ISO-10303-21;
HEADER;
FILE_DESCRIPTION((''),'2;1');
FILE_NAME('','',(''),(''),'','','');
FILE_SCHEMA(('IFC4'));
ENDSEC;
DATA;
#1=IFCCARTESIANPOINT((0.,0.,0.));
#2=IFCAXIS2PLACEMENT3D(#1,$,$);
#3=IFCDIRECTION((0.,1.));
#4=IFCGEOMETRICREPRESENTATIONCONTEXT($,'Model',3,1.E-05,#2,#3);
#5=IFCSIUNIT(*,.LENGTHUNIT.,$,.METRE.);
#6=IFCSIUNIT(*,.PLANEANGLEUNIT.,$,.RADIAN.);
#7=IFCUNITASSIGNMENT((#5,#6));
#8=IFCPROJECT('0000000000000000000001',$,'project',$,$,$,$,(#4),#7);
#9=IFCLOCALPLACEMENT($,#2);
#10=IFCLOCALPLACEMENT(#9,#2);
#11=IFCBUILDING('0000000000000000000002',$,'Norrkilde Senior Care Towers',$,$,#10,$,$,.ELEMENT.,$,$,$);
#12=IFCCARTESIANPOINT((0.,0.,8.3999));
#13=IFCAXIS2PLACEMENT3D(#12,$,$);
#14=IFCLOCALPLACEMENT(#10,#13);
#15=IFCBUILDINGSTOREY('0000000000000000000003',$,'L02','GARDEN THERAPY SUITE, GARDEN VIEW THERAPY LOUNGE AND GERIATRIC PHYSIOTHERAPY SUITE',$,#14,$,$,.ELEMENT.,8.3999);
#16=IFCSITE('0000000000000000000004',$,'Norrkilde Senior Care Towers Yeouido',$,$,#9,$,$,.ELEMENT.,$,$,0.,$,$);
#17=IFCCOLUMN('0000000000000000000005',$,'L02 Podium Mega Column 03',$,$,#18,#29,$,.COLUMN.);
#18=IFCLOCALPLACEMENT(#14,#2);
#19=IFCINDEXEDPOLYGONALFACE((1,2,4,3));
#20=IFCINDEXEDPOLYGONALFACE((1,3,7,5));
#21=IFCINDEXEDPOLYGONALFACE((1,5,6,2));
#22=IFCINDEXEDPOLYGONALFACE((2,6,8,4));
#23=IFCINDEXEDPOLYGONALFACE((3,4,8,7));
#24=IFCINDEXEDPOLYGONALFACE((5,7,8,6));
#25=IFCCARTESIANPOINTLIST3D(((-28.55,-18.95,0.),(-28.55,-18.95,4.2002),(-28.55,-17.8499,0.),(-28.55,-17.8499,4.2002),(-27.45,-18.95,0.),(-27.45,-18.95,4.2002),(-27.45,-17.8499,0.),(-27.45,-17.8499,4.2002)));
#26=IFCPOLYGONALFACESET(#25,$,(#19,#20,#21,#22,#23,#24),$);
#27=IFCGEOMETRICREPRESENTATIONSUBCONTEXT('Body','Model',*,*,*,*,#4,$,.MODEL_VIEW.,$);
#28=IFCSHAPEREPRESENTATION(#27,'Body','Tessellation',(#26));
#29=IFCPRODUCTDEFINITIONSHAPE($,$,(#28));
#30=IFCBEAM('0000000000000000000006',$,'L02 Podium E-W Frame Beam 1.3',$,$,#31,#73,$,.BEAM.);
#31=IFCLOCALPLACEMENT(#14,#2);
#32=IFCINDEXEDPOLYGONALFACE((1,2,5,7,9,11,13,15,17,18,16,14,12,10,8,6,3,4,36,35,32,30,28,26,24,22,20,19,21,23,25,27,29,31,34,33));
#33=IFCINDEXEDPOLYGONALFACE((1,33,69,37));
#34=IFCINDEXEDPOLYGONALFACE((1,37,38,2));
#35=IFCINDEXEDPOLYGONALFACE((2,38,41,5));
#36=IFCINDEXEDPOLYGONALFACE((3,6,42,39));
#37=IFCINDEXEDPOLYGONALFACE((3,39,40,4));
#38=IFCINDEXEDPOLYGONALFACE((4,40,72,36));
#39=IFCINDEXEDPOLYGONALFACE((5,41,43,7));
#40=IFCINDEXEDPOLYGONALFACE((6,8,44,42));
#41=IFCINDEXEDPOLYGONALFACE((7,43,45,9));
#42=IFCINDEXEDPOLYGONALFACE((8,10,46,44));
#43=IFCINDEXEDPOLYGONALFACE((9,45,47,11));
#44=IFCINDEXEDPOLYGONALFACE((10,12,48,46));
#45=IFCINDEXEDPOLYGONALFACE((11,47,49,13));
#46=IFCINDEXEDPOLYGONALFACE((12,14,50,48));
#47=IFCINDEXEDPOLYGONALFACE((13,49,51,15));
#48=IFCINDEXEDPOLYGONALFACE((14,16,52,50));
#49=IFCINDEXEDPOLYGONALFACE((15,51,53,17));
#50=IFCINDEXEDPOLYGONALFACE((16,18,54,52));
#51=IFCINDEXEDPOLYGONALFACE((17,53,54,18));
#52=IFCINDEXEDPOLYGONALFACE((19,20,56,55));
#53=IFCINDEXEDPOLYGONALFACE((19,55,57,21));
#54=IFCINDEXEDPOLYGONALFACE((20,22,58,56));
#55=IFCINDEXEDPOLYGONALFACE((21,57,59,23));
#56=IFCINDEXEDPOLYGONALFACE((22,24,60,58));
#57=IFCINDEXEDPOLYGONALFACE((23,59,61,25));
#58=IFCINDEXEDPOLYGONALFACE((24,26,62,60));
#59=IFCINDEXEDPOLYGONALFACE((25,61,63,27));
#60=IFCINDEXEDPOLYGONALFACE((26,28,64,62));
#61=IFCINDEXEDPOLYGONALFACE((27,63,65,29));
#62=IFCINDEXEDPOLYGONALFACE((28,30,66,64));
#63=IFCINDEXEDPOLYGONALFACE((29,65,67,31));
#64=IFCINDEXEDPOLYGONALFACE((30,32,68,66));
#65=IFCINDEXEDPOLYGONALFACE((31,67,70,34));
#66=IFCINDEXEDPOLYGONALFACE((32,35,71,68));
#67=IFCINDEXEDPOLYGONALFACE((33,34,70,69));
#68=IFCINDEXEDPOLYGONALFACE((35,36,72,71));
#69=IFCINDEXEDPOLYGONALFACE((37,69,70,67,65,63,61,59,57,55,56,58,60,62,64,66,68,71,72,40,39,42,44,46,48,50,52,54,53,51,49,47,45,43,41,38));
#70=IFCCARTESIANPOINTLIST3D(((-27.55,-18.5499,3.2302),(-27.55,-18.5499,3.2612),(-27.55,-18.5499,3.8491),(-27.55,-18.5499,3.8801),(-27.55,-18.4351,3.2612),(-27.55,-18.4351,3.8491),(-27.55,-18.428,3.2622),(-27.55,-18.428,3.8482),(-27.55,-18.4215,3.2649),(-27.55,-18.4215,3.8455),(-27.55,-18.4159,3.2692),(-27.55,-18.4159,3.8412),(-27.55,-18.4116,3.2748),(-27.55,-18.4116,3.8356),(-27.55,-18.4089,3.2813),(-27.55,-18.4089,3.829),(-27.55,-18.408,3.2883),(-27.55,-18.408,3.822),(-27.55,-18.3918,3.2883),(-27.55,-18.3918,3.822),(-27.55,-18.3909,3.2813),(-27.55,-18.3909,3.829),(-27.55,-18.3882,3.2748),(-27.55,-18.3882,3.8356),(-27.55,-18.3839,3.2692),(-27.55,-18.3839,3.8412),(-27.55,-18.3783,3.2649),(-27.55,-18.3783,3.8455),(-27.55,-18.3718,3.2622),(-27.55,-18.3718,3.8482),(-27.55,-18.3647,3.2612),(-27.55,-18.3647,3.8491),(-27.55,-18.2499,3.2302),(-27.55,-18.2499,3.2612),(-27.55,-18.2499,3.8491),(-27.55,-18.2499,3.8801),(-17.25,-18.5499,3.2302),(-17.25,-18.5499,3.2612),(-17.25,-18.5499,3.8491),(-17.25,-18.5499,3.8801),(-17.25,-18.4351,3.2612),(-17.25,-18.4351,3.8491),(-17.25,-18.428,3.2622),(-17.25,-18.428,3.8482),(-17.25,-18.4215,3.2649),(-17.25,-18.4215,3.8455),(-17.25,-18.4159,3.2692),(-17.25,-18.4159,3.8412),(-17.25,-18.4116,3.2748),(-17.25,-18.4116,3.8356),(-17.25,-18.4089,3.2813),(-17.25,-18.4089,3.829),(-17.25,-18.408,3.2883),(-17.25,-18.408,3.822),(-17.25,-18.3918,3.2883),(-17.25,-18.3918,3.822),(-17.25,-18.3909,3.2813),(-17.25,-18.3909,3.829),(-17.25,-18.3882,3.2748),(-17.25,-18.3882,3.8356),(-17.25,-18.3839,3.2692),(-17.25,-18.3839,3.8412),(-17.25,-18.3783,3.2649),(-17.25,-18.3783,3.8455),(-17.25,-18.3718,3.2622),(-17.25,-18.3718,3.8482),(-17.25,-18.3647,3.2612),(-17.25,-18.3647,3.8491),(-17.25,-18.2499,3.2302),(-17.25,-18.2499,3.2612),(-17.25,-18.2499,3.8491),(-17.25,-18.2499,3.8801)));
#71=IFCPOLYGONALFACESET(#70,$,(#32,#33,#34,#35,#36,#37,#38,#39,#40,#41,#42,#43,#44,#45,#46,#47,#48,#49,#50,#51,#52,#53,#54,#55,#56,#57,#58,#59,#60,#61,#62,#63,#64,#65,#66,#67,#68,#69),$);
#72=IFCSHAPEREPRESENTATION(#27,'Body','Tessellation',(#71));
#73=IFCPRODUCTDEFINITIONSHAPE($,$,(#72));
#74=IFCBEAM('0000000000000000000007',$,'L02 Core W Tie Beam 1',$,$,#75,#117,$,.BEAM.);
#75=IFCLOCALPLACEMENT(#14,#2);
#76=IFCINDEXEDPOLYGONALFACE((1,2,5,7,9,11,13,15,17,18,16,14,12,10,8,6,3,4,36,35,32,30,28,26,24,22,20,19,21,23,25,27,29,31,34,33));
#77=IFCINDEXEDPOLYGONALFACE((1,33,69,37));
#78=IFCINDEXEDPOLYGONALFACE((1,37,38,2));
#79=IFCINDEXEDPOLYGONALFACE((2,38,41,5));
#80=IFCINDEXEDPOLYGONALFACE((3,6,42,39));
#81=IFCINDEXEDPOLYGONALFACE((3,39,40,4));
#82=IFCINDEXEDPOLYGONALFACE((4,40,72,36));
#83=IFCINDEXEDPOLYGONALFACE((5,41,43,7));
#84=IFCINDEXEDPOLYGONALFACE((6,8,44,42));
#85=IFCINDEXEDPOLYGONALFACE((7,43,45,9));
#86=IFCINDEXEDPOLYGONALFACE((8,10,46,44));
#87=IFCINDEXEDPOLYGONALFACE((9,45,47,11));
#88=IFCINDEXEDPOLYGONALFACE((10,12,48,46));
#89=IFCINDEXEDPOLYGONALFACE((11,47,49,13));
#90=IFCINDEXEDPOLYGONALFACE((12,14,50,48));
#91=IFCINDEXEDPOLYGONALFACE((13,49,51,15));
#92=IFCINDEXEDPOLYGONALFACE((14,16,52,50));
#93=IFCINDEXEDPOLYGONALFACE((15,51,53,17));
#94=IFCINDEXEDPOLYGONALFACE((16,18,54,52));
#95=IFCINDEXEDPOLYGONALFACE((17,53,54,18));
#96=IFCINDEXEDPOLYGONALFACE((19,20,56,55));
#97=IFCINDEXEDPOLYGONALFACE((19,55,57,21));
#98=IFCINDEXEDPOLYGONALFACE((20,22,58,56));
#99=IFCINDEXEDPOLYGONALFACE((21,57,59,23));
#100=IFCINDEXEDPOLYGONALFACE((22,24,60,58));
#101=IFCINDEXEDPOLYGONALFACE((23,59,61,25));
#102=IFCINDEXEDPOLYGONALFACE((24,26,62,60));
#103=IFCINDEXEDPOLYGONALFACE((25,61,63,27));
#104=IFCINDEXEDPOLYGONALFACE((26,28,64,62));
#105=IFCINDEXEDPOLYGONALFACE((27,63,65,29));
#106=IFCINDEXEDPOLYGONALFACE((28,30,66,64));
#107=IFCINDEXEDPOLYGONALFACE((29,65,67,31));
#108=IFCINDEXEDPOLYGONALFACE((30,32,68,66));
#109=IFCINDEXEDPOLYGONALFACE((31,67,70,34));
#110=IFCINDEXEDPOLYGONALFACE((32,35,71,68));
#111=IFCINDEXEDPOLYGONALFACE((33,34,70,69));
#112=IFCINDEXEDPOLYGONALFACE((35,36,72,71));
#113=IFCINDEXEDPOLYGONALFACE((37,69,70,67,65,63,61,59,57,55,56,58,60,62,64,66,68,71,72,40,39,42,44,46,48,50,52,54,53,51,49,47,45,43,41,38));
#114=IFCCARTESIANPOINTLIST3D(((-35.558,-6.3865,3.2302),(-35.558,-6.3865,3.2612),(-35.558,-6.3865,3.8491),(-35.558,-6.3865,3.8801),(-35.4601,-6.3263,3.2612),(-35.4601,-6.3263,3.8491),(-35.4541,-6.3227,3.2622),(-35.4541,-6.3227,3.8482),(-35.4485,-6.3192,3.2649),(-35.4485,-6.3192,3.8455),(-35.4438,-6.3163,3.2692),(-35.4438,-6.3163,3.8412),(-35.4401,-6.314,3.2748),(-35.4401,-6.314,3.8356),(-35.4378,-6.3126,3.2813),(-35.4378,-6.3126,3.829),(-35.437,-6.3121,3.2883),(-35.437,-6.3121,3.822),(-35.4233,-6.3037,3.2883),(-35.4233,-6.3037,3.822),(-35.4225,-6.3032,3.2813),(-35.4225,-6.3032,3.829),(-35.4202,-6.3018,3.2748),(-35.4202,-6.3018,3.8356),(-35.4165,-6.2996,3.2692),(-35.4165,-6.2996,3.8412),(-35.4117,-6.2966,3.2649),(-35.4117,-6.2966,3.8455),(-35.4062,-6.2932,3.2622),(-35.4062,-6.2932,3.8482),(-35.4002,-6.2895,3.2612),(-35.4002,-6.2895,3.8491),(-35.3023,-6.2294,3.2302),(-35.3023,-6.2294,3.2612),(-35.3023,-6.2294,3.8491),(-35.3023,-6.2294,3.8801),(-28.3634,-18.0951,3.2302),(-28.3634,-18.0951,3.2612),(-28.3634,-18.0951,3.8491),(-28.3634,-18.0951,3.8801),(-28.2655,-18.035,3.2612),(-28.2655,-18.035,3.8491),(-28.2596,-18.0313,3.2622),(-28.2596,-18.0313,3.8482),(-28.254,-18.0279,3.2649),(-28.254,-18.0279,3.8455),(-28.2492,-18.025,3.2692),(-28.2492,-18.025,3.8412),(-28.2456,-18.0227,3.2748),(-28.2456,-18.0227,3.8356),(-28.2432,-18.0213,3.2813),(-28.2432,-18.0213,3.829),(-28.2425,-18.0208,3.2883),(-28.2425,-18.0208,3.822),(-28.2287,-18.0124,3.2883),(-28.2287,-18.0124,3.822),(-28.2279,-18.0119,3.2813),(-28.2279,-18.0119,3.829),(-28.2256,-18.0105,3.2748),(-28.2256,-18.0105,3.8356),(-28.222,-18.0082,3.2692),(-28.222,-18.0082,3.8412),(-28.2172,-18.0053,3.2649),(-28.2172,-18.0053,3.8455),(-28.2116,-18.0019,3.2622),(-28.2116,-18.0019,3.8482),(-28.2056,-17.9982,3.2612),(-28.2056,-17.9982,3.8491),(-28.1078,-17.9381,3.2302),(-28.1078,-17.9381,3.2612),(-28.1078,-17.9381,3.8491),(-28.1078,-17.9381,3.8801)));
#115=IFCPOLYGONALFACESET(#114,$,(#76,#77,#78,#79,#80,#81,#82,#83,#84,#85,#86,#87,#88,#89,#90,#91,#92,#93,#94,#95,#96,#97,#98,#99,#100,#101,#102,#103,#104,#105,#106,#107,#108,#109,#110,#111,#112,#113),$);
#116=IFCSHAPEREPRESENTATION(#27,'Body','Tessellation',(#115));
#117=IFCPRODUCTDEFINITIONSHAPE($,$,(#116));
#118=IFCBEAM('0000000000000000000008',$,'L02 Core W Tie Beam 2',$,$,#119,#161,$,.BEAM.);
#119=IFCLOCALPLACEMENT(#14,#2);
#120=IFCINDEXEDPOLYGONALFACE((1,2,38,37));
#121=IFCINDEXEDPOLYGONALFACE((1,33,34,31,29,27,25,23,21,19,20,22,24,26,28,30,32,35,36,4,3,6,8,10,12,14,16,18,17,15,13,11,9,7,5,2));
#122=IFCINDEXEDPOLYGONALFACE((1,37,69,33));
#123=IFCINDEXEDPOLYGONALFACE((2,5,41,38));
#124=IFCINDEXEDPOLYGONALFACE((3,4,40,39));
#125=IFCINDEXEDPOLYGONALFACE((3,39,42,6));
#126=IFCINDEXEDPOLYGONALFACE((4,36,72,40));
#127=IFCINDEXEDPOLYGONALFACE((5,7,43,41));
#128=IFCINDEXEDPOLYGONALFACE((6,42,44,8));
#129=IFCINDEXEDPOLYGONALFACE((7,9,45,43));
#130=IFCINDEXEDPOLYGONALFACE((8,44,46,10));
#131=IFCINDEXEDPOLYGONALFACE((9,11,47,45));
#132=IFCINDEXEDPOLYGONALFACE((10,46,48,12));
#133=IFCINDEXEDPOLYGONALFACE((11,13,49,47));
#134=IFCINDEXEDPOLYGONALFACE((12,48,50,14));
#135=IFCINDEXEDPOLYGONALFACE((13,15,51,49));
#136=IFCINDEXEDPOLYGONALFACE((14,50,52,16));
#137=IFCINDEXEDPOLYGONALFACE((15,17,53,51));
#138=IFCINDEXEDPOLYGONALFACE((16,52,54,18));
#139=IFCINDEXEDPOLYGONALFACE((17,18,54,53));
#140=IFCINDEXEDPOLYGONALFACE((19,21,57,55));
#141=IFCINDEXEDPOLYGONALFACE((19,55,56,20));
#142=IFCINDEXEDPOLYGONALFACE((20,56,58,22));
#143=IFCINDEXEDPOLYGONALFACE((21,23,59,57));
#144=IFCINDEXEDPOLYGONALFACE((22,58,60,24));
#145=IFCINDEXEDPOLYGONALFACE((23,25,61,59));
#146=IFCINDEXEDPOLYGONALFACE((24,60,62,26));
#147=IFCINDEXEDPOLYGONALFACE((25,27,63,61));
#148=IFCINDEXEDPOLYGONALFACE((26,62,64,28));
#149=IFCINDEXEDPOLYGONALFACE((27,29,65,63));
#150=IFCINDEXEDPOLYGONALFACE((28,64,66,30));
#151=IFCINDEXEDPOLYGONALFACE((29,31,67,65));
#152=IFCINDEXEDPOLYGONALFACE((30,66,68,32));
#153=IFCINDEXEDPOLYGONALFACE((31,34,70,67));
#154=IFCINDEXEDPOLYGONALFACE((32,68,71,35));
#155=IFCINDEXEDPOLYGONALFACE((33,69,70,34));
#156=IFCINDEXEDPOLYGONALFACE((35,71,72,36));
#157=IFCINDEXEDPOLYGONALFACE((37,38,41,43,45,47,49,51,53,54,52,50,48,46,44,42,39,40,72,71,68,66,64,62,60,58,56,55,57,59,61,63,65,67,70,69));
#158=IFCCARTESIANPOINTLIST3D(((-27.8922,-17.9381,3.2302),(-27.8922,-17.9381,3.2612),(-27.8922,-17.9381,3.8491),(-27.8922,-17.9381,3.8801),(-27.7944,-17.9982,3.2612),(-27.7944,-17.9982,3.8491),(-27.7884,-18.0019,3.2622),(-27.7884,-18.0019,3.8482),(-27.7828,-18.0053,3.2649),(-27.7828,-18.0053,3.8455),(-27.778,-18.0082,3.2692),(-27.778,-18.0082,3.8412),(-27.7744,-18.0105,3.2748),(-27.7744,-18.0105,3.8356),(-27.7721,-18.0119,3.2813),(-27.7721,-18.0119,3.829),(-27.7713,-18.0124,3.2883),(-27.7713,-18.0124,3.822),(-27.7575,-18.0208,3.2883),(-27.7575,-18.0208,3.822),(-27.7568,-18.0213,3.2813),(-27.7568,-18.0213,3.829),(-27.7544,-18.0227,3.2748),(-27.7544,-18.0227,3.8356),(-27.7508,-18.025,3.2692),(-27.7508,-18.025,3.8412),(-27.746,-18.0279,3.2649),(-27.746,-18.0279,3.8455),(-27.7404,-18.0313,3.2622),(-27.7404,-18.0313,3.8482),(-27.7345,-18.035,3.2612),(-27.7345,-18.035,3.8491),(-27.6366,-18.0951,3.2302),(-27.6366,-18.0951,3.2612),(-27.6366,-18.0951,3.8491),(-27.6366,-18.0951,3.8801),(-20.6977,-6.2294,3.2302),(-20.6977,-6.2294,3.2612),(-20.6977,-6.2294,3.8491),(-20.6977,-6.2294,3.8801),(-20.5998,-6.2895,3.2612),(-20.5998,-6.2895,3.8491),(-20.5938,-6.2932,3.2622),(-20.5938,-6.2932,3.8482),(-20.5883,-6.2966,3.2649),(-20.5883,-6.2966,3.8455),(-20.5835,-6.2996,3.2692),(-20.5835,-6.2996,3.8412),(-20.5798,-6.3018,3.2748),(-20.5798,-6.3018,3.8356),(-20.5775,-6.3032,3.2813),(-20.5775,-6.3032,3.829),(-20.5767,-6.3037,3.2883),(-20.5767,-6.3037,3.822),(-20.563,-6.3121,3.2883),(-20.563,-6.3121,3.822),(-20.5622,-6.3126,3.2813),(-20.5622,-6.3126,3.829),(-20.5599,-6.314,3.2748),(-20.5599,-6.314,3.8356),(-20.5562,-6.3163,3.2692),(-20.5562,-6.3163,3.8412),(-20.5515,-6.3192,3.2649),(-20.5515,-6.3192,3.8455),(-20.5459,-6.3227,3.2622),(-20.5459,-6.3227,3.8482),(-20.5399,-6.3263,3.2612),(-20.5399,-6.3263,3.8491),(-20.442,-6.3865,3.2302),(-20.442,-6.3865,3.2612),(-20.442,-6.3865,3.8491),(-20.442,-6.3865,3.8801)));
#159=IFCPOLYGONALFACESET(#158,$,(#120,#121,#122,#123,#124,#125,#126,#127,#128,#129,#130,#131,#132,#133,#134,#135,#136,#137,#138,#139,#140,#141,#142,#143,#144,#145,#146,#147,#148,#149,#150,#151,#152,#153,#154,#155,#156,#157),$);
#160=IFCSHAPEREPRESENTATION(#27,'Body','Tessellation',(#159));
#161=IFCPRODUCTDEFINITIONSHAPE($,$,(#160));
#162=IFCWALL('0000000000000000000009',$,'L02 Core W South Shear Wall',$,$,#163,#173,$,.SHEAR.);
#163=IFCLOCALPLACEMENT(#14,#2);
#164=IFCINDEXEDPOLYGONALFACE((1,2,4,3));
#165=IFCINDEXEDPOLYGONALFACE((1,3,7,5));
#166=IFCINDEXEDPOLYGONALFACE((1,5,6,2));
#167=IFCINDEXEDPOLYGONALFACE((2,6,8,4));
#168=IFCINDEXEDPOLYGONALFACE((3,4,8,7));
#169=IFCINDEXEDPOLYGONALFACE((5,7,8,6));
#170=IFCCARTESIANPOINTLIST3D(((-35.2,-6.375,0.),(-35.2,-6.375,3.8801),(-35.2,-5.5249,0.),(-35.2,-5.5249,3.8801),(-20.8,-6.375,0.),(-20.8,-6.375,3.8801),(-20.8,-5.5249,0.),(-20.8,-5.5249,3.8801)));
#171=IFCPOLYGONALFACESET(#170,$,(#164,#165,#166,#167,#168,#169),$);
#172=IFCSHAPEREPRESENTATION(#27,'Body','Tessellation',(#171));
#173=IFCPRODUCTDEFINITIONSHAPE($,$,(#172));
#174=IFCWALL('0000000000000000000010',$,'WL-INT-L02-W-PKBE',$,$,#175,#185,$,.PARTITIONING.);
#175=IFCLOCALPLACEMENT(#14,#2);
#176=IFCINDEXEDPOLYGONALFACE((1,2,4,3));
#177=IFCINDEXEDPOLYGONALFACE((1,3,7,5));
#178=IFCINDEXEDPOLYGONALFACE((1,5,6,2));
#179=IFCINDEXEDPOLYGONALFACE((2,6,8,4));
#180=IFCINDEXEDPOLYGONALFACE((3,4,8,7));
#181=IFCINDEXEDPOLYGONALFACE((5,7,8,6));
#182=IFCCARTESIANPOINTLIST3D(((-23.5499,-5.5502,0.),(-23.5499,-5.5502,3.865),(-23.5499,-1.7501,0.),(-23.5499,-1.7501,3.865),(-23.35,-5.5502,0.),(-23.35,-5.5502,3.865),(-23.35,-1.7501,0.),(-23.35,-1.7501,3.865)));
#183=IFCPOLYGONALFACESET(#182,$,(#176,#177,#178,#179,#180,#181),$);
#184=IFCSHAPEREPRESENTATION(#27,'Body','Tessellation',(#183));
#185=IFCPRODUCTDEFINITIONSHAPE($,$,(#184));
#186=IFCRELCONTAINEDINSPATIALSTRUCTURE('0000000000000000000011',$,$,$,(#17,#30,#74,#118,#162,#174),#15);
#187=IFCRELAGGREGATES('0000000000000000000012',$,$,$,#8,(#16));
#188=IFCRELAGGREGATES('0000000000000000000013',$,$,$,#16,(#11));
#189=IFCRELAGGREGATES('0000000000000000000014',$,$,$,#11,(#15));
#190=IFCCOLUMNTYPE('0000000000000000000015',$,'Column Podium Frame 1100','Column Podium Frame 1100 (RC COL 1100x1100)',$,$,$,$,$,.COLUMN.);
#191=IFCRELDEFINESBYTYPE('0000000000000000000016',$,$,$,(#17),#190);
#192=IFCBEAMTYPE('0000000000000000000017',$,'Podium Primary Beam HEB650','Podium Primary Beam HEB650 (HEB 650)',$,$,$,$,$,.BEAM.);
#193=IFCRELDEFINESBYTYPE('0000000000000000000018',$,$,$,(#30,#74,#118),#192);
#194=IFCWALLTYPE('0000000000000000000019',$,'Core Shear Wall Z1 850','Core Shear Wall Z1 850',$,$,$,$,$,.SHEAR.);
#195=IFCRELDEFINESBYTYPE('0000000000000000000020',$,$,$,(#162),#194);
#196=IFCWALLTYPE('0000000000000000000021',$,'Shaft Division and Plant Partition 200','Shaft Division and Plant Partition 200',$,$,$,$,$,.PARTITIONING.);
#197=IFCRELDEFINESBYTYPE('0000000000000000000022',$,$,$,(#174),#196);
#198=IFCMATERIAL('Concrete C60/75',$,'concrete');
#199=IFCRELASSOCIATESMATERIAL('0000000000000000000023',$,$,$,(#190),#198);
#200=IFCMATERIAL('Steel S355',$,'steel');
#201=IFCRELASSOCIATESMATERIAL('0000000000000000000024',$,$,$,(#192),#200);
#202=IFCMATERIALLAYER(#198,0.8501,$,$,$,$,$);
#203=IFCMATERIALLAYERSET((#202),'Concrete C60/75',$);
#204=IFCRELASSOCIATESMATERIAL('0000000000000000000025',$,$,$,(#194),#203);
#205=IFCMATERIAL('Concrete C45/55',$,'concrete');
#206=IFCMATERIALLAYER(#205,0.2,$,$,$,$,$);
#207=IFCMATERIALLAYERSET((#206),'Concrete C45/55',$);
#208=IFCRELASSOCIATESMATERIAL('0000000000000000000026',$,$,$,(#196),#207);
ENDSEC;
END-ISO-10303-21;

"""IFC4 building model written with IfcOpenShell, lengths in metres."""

from ifc_helpers import new_model, si_unit, direction, frame, frame_2d, origin, origin_2d, place, context, subcontext, project, spatial, rectangle, i_section, extrude, source, transform, mapped, material, layer, layer_set, material_profile, profile_set, type_object, type_shapes, element, save


model = new_model("IFC4")

# Units and contexts
model_context = context("Model", 3, precision=1e-05, world=origin(), true_north=direction((0.0, 1.0)))
body_context = subcontext(model_context, "Body", "Model", "MODEL_VIEW")
ifc_project = project(units=[si_unit("LENGTHUNIT", "METRE"), si_unit("PLANEANGLEUNIT", "RADIAN")], contexts=[model_context])

# Site, building, storey
site_placement = place(None, origin())
site = spatial("IfcSite", under=ifc_project, at=site_placement, Name="Norrkilde Senior Care Towers Yeouido", CompositionType="ELEMENT", RefElevation=0.0)
building_placement = place(site_placement, origin())
building = spatial("IfcBuilding", under=site, at=building_placement, Name="Norrkilde Senior Care Towers", CompositionType="ELEMENT")
storey_placement = place(building_placement, frame((0.0, 0.0, 8.3999)))
storey = spatial("IfcBuildingStorey", under=building, at=storey_placement, Name="L02", Description="GARDEN THERAPY SUITE, GARDEN VIEW THERAPY LOUNGE AND GERIATRIC PHYSIOTHERAPY SUITE", CompositionType="ELEMENT", Elevation=8.3999)

# Column
ifc_material_1 = material(Name="Concrete C60/75", Category="concrete")
ifc_material_profile_1 = material_profile(ifc_material_1, rectangle(XDim=1.1001, YDim=1.1001, at=origin_2d()), Name="RC COL 1100x1100")
ifc_profile_set_1 = profile_set([ifc_material_profile_1], Name="Concrete C60/75")
column_type = type_object("IfcColumnType", Name="Column Podium Frame 1100", Description="Column Podium Frame 1100 (RC COL 1100x1100)", PredefinedType="COLUMN", material=ifc_profile_set_1)
shared_shape_1 = source(origin(), body_context, "Body", "SweptSolid", [
    extrude(rectangle(XDim=1.1001, YDim=1.1001, at=origin_2d()), origin(), (0.0, 0.0, 1.0), 4.2002),
])
type_shapes(column_type, [shared_shape_1])
column_placement = place(storey_placement, frame((-28.0, -18.3999, 0.0), z_axis=(0.0, 0.0, 1.0), x_axis=(1.0, 0.0, 0.0)))
element("IfcColumn", 1, at=column_placement, inside=storey, type_object=column_type, Name="L02 Podium Mega Column 03", PredefinedType="COLUMN", context=body_context, shape_type="MappedRepresentation", body=[
    mapped(shared_shape_1, transform((0.0, 0.0, 0.0), x_axis=(1.0, 0.0, 0.0), y_axis=(0.0, 1.0, 0.0), z_axis=(0.0, 0.0, 1.0), scale=1.0)),
])

# Beams
ifc_material_2 = material(Name="Steel S355", Category="steel")
ifc_material_profile_2 = material_profile(ifc_material_2, i_section(OverallWidth=0.3, OverallDepth=0.6499, WebThickness=0.0161, FlangeThickness=0.031, FilletRadius=0.0271, at=origin_2d()), Name="HEB 650")
ifc_profile_set_2 = profile_set([ifc_material_profile_2], Name="Steel S355")
beam_type = type_object("IfcBeamType", Name="Podium Primary Beam HEB650", Description="Podium Primary Beam HEB650 (HEB 650)", PredefinedType="BEAM", material=ifc_profile_set_2)
shared_shape_2 = source(origin(), body_context, "Body", "SweptSolid", [
    extrude(i_section(OverallWidth=0.3, OverallDepth=0.6499, WebThickness=0.0161, FlangeThickness=0.031, FilletRadius=0.0271, at=origin_2d()), origin(), (0.0, 0.0, 1.0), 10.3),
])
beam_placement = place(storey_placement, frame((-27.55, -18.3999, 3.5552), z_axis=(1.0, 0.0, 0.0), x_axis=(0.0, 1.0, 0.0)))
element("IfcBeam", 2, at=beam_placement, inside=storey, type_object=beam_type, Name="L02 Podium E-W Frame Beam 1.3", PredefinedType="BEAM", context=body_context, shape_type="MappedRepresentation", body=[
    mapped(shared_shape_2, transform((0.0, 0.0, 0.0), x_axis=(1.0, 0.0, 0.0), y_axis=(0.0, 1.0, 0.0), z_axis=(0.0, 0.0, 1.0), scale=1.0)),
])
shared_shape_3 = source(origin(), body_context, "Body", "SweptSolid", [
    extrude(i_section(OverallWidth=0.3, OverallDepth=0.6499, WebThickness=0.0161, FlangeThickness=0.031, FilletRadius=0.0271, at=origin_2d()), origin(), (0.0, 0.0, 1.0), 13.7424),
])
type_shapes(beam_type, [shared_shape_2, shared_shape_3])
for number, where, z_axis, x_axis, name in (
    (3, (-28.2356, -18.0166, 3.5552), (-0.523527, 0.852009, 0.0), (-0.852009, -0.523527, 0.0), "L02 Core W Tie Beam 1"),
    (4, (-27.7644, -18.0166, 3.5552), (0.523527, 0.852009, 0.0), (-0.852009, 0.523527, 0.0), "L02 Core W Tie Beam 2"),
):
    element("IfcBeam", number, at=place(storey_placement, frame(where, z_axis=z_axis, x_axis=x_axis)), inside=storey, type_object=beam_type, Name=name, PredefinedType="BEAM", context=body_context, shape_type="MappedRepresentation", body=[
        mapped(shared_shape_3, transform((0.0, 0.0, 0.0), x_axis=(1.0, 0.0, 0.0), y_axis=(0.0, 1.0, 0.0), z_axis=(0.0, 0.0, 1.0), scale=1.0)),
    ])

# Walls
ifc_layer_1 = layer(ifc_material_1, 0.8501)
ifc_layer_set_1 = layer_set([ifc_layer_1], Name="Concrete C60/75")
wall_type_1 = type_object("IfcWallType", Name="Core Shear Wall Z1 850", Description="Core Shear Wall Z1 850", PredefinedType="SHEAR", material=ifc_layer_set_1)
shared_shape_4 = source(origin(), body_context, "Body", "SweptSolid", [
    extrude(rectangle(XDim=14.3999, YDim=0.8501, at=frame_2d((7.2, 0.0))), origin(), (0.0, 0.0, 1.0), 3.8801),
])
type_shapes(wall_type_1, [shared_shape_4])
wall_1_placement = place(storey_placement, frame((-20.8, -5.95, 0.0), z_axis=(0.0, 0.0, 1.0), x_axis=(-1.0, 0.0, 0.0)))
element("IfcWall", 5, at=wall_1_placement, inside=storey, type_object=wall_type_1, Name="L02 Core W South Shear Wall", PredefinedType="SHEAR", context=body_context, shape_type="MappedRepresentation", body=[
    mapped(shared_shape_4, transform((0.0, 0.0, 0.0), x_axis=(1.0, 0.0, 0.0), y_axis=(0.0, 1.0, 0.0), z_axis=(0.0, 0.0, 1.0), scale=1.0)),
])
ifc_material_3 = material(Name="Concrete C45/55", Category="concrete")
ifc_layer_2 = layer(ifc_material_3, 0.2)
ifc_layer_set_2 = layer_set([ifc_layer_2], Name="Concrete C45/55")
wall_type_2 = type_object("IfcWallType", Name="Shaft Division and Plant Partition 200", Description="Shaft Division and Plant Partition 200", PredefinedType="PARTITIONING", material=ifc_layer_set_2)
shared_shape_5 = source(origin(), body_context, "Body", "SweptSolid", [
    extrude(rectangle(XDim=3.8, YDim=0.2, at=frame_2d((1.8999, 0.0))), origin(), (0.0, 0.0, 1.0), 3.865),
])
type_shapes(wall_type_2, [shared_shape_5])
wall_2_placement = place(storey_placement, frame((-23.45, -5.55, 0.0), z_axis=(0.0, 0.0, 1.0), x_axis=(0.0, 1.0, 0.0)))
element("IfcWall", 6, at=wall_2_placement, inside=storey, type_object=wall_type_2, Name="WL-INT-L02-W-PKBE", PredefinedType="PARTITIONING", context=body_context, shape_type="MappedRepresentation", body=[
    mapped(shared_shape_5, transform((0.0, 0.0, 0.0), x_axis=(1.0, 0.0, 0.0), y_axis=(0.0, 1.0, 0.0), z_axis=(0.0, 0.0, 1.0), scale=1.0)),
])

save(model, "model.ifc")
